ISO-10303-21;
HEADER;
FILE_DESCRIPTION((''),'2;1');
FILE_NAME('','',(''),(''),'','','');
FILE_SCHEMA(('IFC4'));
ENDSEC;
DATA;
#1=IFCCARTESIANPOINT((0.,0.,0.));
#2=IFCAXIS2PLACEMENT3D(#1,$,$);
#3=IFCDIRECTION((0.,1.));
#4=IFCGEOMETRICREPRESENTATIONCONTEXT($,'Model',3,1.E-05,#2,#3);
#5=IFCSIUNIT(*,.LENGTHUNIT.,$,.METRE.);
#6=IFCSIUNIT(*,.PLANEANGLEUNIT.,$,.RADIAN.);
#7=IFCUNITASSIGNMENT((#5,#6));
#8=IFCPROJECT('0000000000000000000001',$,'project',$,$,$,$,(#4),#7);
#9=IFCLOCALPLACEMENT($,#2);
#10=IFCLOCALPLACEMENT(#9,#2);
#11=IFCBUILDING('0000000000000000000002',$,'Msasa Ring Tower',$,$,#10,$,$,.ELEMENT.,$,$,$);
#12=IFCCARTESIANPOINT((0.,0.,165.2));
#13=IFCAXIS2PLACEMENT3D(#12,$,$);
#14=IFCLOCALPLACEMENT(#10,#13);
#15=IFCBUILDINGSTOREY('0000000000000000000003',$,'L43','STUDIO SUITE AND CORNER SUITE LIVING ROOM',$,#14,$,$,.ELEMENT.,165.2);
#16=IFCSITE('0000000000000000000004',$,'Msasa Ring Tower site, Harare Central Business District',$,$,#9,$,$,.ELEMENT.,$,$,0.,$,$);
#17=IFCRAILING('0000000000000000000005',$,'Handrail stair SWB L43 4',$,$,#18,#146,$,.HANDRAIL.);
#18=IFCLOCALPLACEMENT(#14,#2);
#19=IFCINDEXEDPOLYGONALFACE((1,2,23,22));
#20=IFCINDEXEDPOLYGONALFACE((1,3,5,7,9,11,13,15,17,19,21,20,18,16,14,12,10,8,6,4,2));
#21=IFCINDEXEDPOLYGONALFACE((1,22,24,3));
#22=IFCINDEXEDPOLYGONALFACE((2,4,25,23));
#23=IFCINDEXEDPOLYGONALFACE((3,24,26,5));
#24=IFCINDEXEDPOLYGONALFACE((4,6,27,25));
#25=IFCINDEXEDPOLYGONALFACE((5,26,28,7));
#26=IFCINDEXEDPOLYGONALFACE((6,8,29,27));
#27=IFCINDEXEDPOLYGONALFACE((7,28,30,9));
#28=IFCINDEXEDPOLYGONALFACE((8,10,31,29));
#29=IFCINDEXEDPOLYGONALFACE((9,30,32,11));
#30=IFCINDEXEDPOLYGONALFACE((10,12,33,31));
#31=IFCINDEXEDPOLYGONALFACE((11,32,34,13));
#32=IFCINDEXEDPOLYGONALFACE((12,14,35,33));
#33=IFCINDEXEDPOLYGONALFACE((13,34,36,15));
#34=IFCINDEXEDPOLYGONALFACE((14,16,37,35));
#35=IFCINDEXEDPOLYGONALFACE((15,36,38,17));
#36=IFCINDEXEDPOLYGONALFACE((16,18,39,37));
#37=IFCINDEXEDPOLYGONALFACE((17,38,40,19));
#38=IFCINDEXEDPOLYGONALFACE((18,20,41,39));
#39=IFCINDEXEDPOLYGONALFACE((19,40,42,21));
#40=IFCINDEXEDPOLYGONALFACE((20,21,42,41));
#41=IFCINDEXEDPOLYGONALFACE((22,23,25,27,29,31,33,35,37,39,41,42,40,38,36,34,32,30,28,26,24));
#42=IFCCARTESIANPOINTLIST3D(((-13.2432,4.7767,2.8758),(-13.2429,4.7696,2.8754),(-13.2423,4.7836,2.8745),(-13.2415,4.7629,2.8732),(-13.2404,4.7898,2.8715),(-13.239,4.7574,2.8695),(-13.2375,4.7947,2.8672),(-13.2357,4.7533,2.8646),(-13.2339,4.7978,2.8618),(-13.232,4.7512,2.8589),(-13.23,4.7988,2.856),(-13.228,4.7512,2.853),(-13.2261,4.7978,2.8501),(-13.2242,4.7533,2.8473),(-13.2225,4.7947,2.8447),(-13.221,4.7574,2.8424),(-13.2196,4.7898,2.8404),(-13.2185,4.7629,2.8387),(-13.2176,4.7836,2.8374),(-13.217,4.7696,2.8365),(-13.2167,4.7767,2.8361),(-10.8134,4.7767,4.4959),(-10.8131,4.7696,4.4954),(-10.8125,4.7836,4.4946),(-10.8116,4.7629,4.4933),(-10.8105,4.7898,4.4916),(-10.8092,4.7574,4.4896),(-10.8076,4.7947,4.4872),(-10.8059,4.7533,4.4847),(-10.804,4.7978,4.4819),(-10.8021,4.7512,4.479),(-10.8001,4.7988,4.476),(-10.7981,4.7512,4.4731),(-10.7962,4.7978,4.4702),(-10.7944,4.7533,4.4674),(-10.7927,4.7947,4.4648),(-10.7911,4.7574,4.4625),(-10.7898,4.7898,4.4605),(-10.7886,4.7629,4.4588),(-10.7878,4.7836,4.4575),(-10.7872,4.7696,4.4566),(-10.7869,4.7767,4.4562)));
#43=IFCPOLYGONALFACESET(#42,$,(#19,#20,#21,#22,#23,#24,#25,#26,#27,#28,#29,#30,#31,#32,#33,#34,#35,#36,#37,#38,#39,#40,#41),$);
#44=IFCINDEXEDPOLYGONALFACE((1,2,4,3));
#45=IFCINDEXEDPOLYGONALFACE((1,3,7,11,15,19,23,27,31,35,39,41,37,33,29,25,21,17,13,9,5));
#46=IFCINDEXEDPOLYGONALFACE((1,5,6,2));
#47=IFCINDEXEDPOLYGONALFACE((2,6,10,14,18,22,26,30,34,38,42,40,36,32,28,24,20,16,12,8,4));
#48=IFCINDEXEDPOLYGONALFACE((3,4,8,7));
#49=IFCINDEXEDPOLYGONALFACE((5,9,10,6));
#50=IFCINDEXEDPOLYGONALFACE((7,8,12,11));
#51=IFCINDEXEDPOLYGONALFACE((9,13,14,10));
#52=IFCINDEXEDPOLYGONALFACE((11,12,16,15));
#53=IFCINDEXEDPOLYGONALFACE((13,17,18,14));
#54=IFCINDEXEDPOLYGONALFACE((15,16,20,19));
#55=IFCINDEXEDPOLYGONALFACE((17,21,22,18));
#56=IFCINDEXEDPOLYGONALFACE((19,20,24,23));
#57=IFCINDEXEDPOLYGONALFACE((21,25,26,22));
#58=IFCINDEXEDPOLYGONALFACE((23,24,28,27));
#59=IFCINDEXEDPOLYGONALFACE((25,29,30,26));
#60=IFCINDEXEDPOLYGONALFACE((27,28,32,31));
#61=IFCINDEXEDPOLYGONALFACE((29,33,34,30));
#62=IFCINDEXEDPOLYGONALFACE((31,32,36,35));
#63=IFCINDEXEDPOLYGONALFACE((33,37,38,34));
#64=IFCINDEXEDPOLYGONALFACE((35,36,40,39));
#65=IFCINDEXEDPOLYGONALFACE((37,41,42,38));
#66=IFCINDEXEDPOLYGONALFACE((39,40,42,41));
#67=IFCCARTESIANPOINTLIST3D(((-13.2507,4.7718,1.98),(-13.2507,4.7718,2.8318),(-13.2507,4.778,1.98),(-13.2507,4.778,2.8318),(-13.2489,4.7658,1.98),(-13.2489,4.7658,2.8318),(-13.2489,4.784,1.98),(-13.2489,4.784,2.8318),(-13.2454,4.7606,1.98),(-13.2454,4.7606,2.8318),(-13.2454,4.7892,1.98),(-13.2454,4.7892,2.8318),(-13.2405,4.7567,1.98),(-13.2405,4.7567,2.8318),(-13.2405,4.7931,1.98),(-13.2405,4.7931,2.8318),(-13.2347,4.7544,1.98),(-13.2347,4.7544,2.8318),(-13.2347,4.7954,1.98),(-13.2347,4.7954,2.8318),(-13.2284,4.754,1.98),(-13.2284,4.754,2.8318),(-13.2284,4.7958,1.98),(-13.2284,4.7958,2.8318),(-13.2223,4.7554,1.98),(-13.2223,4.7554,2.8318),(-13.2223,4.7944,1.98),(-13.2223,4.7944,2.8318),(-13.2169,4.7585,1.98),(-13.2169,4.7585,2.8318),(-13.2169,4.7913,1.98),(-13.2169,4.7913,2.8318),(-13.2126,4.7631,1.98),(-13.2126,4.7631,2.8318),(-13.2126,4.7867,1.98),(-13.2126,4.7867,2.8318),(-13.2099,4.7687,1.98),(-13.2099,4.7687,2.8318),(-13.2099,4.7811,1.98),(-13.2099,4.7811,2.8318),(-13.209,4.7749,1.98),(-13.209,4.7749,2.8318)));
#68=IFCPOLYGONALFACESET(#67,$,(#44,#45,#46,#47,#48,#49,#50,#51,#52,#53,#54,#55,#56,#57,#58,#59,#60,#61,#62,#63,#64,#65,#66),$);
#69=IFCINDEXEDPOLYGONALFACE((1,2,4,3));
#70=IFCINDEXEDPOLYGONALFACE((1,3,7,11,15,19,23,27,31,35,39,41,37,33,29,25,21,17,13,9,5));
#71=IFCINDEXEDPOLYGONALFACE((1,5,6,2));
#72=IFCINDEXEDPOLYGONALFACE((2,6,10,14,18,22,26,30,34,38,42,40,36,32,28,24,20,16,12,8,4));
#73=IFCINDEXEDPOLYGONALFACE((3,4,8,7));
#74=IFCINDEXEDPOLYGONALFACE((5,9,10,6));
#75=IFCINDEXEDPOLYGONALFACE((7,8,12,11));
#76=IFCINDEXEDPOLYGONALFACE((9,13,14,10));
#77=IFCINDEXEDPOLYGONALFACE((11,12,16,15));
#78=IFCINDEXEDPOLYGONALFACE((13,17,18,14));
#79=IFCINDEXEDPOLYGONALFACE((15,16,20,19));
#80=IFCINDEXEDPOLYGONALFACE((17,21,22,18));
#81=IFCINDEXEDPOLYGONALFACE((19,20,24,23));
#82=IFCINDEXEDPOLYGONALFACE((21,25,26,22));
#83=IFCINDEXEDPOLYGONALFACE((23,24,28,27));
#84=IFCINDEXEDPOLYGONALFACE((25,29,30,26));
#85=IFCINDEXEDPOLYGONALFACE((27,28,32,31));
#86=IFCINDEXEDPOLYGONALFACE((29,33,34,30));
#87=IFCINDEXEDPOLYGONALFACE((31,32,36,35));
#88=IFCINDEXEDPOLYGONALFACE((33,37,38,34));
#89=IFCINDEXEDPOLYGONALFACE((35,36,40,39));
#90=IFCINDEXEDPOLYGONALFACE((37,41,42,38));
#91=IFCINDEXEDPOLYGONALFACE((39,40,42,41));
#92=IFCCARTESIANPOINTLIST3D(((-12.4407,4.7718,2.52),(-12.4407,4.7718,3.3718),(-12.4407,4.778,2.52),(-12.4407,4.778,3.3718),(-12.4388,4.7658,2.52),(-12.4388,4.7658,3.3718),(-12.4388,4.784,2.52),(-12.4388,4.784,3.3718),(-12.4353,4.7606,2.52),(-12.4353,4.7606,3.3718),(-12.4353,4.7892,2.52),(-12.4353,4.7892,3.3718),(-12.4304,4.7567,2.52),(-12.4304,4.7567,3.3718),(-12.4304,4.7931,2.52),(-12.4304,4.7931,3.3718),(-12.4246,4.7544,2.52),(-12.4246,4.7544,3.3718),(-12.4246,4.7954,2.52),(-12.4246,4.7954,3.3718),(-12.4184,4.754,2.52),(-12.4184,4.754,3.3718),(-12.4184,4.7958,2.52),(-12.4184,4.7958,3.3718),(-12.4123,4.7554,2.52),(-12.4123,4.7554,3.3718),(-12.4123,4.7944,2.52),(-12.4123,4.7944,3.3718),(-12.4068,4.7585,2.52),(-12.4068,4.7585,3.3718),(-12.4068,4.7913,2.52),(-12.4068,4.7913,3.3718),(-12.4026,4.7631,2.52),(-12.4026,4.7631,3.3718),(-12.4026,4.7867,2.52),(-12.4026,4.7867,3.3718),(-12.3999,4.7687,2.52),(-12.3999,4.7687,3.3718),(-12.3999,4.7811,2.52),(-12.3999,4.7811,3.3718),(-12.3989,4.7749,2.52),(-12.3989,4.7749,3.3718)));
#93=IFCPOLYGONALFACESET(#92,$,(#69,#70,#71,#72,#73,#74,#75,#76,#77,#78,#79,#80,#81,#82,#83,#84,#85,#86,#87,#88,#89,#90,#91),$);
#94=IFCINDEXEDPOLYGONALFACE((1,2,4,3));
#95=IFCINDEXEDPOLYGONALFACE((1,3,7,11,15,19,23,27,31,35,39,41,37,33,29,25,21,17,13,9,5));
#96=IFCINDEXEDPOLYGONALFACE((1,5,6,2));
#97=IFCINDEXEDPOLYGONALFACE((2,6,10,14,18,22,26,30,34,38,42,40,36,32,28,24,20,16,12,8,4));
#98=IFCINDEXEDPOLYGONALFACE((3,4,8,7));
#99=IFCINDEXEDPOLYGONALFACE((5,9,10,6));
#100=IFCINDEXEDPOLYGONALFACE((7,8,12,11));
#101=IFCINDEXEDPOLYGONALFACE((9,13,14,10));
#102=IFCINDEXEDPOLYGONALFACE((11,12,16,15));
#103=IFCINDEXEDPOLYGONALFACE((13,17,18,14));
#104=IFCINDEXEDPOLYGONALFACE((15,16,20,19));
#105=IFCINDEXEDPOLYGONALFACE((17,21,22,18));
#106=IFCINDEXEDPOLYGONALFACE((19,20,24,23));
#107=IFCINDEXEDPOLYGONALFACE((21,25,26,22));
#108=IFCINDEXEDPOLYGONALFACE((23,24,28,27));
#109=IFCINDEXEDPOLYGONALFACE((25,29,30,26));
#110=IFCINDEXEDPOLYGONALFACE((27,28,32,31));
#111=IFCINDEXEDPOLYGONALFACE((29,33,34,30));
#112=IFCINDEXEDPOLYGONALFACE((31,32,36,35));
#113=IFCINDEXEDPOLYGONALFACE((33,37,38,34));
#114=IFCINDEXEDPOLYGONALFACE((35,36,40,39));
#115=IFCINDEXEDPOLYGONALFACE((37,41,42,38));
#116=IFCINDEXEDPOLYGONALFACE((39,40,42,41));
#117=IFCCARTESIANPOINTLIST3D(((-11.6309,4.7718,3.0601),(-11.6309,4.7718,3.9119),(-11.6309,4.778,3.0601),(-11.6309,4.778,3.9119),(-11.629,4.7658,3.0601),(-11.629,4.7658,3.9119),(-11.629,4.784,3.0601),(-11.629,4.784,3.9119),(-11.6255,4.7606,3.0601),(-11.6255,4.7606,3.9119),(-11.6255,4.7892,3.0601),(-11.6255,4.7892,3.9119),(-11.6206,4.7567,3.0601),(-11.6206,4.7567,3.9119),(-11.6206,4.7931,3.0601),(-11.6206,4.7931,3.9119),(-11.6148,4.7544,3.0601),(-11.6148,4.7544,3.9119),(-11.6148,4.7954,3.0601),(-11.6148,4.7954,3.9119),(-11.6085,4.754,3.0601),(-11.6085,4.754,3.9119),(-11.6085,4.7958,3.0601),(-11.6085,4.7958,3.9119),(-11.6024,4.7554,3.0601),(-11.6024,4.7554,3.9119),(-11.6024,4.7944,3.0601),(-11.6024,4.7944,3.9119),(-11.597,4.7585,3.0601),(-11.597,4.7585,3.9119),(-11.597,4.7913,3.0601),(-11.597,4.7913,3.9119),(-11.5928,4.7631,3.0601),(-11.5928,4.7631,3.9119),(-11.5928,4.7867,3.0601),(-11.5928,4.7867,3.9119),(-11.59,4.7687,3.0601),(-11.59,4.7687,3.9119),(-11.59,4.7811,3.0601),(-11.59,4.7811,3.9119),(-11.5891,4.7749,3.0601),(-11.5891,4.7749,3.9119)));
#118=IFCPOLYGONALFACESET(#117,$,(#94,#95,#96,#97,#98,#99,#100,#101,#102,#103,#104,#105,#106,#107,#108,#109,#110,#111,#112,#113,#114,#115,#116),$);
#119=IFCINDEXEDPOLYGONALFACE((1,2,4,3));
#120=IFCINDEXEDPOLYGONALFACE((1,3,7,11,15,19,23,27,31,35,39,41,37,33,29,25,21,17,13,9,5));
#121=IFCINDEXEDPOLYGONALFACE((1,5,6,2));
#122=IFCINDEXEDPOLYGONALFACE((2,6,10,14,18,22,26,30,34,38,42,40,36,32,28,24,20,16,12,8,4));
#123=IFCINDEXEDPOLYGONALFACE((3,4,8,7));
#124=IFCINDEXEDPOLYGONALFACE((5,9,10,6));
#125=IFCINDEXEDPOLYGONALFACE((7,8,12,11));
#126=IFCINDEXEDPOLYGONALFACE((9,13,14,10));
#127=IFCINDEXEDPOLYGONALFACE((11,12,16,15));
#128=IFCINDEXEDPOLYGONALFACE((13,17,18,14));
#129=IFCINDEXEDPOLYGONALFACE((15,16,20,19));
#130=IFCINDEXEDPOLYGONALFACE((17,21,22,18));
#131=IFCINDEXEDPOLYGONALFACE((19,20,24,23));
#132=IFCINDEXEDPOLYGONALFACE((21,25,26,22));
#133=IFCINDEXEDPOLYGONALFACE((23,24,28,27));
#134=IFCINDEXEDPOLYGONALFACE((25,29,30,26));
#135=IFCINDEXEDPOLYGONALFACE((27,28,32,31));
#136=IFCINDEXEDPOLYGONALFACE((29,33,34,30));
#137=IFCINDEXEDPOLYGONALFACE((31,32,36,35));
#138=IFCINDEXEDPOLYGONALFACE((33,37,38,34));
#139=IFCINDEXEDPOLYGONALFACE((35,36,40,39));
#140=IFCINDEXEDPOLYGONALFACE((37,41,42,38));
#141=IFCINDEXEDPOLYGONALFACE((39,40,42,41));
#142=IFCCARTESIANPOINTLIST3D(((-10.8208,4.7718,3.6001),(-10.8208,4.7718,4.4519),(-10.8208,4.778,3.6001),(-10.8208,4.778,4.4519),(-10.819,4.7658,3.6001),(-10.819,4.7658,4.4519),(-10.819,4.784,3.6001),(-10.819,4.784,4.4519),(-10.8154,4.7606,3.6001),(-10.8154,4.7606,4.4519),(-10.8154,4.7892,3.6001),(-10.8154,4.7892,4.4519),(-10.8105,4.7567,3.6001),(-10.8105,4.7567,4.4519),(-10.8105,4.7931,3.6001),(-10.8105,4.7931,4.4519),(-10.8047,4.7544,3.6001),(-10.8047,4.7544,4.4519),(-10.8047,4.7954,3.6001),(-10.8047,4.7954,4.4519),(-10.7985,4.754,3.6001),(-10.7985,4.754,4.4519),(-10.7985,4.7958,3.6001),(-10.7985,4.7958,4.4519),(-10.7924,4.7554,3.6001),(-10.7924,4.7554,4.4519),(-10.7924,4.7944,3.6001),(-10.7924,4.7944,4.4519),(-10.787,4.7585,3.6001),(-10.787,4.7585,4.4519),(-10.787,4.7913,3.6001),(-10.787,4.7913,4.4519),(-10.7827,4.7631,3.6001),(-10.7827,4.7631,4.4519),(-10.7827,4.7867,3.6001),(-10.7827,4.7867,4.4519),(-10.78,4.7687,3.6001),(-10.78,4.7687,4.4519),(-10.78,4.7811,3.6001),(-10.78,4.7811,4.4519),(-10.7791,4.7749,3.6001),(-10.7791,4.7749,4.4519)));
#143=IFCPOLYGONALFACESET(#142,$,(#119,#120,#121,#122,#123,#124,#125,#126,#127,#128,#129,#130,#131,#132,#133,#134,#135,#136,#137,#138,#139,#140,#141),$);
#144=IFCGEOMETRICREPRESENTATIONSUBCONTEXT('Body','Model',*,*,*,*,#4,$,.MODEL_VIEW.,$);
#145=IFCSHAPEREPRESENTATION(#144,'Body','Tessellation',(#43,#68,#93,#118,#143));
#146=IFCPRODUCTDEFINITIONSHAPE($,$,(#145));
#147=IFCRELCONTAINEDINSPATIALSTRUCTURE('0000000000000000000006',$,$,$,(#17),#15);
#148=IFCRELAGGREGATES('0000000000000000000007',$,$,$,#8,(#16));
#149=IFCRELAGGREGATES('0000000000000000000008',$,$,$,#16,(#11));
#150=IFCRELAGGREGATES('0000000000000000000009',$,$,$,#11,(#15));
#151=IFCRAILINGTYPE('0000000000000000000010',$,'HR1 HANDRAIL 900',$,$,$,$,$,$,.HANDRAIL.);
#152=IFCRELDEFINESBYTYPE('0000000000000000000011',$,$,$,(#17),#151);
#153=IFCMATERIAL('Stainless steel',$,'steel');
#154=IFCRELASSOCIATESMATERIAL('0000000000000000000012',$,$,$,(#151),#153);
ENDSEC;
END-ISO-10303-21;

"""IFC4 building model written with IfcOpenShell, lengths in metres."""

from ifc_helpers import new_model, si_unit, direction, frame, origin, origin_2d, place, context, subcontext, project, spatial, circle, extrude, material, type_object, element, save


model = new_model("IFC4")

# Units and contexts
model_context = context("Model", 3, precision=1e-05, world=origin(), true_north=direction((0.0, 1.0)))
body_context = subcontext(model_context, "Body", "Model", "MODEL_VIEW")
ifc_project = project(units=[si_unit("LENGTHUNIT", "METRE"), si_unit("PLANEANGLEUNIT", "RADIAN")], contexts=[model_context])

# Site, building, storey
site_placement = place(None, origin())
site = spatial("IfcSite", under=ifc_project, at=site_placement, Name="Msasa Ring Tower site, Harare Central Business District", CompositionType="ELEMENT", RefElevation=0.0)
building_placement = place(site_placement, origin())
building = spatial("IfcBuilding", under=site, at=building_placement, Name="Msasa Ring Tower", CompositionType="ELEMENT")
storey_placement = place(building_placement, frame((0.0, 0.0, 165.2)))
storey = spatial("IfcBuildingStorey", under=building, at=storey_placement, Name="L43", Description="STUDIO SUITE AND CORNER SUITE LIVING ROOM", CompositionType="ELEMENT", Elevation=165.2)

# Railing
ifc_material_1 = material(Name="Stainless steel", Category="steel")
railing_type = type_object("IfcRailingType", Name="HR1 HANDRAIL 900", PredefinedType="HANDRAIL", material=ifc_material_1)
for number, where, name in (
    (1, (-13.23, 4.7749, 1.98), "Handrail stair SWB L43 4"),
):
    element("IfcRailing", number, at=place(storey_placement, frame(where)), inside=storey, type_object=railing_type, Name=name, PredefinedType="HANDRAIL", context=body_context, shape_type="SweptSolid", body=[
        extrude(circle(Radius=0.0239, at=origin_2d()), frame((0.0, 0.0, 0.876), z_axis=(0.832025, 0.0, 0.554739), x_axis=(0.0, 1.0, 0.0)), (0.0, 0.0, 1.0), 2.9204),
        extrude(circle(Radius=0.021, at=origin_2d()), origin(), (0.0, 0.0, 1.0), 0.8518),
        extrude(circle(Radius=0.021, at=origin_2d()), frame((0.8101, 0.0, 0.54)), (0.0, 0.0, 1.0), 0.8518),
        extrude(circle(Radius=0.021, at=origin_2d()), frame((1.6199, 0.0, 1.0801)), (0.0, 0.0, 1.0), 0.8518),
        extrude(circle(Radius=0.021, at=origin_2d()), frame((2.4299, 0.0, 1.6201)), (0.0, 0.0, 1.0), 0.8518),
    ])

save(model, "model.ifc")
